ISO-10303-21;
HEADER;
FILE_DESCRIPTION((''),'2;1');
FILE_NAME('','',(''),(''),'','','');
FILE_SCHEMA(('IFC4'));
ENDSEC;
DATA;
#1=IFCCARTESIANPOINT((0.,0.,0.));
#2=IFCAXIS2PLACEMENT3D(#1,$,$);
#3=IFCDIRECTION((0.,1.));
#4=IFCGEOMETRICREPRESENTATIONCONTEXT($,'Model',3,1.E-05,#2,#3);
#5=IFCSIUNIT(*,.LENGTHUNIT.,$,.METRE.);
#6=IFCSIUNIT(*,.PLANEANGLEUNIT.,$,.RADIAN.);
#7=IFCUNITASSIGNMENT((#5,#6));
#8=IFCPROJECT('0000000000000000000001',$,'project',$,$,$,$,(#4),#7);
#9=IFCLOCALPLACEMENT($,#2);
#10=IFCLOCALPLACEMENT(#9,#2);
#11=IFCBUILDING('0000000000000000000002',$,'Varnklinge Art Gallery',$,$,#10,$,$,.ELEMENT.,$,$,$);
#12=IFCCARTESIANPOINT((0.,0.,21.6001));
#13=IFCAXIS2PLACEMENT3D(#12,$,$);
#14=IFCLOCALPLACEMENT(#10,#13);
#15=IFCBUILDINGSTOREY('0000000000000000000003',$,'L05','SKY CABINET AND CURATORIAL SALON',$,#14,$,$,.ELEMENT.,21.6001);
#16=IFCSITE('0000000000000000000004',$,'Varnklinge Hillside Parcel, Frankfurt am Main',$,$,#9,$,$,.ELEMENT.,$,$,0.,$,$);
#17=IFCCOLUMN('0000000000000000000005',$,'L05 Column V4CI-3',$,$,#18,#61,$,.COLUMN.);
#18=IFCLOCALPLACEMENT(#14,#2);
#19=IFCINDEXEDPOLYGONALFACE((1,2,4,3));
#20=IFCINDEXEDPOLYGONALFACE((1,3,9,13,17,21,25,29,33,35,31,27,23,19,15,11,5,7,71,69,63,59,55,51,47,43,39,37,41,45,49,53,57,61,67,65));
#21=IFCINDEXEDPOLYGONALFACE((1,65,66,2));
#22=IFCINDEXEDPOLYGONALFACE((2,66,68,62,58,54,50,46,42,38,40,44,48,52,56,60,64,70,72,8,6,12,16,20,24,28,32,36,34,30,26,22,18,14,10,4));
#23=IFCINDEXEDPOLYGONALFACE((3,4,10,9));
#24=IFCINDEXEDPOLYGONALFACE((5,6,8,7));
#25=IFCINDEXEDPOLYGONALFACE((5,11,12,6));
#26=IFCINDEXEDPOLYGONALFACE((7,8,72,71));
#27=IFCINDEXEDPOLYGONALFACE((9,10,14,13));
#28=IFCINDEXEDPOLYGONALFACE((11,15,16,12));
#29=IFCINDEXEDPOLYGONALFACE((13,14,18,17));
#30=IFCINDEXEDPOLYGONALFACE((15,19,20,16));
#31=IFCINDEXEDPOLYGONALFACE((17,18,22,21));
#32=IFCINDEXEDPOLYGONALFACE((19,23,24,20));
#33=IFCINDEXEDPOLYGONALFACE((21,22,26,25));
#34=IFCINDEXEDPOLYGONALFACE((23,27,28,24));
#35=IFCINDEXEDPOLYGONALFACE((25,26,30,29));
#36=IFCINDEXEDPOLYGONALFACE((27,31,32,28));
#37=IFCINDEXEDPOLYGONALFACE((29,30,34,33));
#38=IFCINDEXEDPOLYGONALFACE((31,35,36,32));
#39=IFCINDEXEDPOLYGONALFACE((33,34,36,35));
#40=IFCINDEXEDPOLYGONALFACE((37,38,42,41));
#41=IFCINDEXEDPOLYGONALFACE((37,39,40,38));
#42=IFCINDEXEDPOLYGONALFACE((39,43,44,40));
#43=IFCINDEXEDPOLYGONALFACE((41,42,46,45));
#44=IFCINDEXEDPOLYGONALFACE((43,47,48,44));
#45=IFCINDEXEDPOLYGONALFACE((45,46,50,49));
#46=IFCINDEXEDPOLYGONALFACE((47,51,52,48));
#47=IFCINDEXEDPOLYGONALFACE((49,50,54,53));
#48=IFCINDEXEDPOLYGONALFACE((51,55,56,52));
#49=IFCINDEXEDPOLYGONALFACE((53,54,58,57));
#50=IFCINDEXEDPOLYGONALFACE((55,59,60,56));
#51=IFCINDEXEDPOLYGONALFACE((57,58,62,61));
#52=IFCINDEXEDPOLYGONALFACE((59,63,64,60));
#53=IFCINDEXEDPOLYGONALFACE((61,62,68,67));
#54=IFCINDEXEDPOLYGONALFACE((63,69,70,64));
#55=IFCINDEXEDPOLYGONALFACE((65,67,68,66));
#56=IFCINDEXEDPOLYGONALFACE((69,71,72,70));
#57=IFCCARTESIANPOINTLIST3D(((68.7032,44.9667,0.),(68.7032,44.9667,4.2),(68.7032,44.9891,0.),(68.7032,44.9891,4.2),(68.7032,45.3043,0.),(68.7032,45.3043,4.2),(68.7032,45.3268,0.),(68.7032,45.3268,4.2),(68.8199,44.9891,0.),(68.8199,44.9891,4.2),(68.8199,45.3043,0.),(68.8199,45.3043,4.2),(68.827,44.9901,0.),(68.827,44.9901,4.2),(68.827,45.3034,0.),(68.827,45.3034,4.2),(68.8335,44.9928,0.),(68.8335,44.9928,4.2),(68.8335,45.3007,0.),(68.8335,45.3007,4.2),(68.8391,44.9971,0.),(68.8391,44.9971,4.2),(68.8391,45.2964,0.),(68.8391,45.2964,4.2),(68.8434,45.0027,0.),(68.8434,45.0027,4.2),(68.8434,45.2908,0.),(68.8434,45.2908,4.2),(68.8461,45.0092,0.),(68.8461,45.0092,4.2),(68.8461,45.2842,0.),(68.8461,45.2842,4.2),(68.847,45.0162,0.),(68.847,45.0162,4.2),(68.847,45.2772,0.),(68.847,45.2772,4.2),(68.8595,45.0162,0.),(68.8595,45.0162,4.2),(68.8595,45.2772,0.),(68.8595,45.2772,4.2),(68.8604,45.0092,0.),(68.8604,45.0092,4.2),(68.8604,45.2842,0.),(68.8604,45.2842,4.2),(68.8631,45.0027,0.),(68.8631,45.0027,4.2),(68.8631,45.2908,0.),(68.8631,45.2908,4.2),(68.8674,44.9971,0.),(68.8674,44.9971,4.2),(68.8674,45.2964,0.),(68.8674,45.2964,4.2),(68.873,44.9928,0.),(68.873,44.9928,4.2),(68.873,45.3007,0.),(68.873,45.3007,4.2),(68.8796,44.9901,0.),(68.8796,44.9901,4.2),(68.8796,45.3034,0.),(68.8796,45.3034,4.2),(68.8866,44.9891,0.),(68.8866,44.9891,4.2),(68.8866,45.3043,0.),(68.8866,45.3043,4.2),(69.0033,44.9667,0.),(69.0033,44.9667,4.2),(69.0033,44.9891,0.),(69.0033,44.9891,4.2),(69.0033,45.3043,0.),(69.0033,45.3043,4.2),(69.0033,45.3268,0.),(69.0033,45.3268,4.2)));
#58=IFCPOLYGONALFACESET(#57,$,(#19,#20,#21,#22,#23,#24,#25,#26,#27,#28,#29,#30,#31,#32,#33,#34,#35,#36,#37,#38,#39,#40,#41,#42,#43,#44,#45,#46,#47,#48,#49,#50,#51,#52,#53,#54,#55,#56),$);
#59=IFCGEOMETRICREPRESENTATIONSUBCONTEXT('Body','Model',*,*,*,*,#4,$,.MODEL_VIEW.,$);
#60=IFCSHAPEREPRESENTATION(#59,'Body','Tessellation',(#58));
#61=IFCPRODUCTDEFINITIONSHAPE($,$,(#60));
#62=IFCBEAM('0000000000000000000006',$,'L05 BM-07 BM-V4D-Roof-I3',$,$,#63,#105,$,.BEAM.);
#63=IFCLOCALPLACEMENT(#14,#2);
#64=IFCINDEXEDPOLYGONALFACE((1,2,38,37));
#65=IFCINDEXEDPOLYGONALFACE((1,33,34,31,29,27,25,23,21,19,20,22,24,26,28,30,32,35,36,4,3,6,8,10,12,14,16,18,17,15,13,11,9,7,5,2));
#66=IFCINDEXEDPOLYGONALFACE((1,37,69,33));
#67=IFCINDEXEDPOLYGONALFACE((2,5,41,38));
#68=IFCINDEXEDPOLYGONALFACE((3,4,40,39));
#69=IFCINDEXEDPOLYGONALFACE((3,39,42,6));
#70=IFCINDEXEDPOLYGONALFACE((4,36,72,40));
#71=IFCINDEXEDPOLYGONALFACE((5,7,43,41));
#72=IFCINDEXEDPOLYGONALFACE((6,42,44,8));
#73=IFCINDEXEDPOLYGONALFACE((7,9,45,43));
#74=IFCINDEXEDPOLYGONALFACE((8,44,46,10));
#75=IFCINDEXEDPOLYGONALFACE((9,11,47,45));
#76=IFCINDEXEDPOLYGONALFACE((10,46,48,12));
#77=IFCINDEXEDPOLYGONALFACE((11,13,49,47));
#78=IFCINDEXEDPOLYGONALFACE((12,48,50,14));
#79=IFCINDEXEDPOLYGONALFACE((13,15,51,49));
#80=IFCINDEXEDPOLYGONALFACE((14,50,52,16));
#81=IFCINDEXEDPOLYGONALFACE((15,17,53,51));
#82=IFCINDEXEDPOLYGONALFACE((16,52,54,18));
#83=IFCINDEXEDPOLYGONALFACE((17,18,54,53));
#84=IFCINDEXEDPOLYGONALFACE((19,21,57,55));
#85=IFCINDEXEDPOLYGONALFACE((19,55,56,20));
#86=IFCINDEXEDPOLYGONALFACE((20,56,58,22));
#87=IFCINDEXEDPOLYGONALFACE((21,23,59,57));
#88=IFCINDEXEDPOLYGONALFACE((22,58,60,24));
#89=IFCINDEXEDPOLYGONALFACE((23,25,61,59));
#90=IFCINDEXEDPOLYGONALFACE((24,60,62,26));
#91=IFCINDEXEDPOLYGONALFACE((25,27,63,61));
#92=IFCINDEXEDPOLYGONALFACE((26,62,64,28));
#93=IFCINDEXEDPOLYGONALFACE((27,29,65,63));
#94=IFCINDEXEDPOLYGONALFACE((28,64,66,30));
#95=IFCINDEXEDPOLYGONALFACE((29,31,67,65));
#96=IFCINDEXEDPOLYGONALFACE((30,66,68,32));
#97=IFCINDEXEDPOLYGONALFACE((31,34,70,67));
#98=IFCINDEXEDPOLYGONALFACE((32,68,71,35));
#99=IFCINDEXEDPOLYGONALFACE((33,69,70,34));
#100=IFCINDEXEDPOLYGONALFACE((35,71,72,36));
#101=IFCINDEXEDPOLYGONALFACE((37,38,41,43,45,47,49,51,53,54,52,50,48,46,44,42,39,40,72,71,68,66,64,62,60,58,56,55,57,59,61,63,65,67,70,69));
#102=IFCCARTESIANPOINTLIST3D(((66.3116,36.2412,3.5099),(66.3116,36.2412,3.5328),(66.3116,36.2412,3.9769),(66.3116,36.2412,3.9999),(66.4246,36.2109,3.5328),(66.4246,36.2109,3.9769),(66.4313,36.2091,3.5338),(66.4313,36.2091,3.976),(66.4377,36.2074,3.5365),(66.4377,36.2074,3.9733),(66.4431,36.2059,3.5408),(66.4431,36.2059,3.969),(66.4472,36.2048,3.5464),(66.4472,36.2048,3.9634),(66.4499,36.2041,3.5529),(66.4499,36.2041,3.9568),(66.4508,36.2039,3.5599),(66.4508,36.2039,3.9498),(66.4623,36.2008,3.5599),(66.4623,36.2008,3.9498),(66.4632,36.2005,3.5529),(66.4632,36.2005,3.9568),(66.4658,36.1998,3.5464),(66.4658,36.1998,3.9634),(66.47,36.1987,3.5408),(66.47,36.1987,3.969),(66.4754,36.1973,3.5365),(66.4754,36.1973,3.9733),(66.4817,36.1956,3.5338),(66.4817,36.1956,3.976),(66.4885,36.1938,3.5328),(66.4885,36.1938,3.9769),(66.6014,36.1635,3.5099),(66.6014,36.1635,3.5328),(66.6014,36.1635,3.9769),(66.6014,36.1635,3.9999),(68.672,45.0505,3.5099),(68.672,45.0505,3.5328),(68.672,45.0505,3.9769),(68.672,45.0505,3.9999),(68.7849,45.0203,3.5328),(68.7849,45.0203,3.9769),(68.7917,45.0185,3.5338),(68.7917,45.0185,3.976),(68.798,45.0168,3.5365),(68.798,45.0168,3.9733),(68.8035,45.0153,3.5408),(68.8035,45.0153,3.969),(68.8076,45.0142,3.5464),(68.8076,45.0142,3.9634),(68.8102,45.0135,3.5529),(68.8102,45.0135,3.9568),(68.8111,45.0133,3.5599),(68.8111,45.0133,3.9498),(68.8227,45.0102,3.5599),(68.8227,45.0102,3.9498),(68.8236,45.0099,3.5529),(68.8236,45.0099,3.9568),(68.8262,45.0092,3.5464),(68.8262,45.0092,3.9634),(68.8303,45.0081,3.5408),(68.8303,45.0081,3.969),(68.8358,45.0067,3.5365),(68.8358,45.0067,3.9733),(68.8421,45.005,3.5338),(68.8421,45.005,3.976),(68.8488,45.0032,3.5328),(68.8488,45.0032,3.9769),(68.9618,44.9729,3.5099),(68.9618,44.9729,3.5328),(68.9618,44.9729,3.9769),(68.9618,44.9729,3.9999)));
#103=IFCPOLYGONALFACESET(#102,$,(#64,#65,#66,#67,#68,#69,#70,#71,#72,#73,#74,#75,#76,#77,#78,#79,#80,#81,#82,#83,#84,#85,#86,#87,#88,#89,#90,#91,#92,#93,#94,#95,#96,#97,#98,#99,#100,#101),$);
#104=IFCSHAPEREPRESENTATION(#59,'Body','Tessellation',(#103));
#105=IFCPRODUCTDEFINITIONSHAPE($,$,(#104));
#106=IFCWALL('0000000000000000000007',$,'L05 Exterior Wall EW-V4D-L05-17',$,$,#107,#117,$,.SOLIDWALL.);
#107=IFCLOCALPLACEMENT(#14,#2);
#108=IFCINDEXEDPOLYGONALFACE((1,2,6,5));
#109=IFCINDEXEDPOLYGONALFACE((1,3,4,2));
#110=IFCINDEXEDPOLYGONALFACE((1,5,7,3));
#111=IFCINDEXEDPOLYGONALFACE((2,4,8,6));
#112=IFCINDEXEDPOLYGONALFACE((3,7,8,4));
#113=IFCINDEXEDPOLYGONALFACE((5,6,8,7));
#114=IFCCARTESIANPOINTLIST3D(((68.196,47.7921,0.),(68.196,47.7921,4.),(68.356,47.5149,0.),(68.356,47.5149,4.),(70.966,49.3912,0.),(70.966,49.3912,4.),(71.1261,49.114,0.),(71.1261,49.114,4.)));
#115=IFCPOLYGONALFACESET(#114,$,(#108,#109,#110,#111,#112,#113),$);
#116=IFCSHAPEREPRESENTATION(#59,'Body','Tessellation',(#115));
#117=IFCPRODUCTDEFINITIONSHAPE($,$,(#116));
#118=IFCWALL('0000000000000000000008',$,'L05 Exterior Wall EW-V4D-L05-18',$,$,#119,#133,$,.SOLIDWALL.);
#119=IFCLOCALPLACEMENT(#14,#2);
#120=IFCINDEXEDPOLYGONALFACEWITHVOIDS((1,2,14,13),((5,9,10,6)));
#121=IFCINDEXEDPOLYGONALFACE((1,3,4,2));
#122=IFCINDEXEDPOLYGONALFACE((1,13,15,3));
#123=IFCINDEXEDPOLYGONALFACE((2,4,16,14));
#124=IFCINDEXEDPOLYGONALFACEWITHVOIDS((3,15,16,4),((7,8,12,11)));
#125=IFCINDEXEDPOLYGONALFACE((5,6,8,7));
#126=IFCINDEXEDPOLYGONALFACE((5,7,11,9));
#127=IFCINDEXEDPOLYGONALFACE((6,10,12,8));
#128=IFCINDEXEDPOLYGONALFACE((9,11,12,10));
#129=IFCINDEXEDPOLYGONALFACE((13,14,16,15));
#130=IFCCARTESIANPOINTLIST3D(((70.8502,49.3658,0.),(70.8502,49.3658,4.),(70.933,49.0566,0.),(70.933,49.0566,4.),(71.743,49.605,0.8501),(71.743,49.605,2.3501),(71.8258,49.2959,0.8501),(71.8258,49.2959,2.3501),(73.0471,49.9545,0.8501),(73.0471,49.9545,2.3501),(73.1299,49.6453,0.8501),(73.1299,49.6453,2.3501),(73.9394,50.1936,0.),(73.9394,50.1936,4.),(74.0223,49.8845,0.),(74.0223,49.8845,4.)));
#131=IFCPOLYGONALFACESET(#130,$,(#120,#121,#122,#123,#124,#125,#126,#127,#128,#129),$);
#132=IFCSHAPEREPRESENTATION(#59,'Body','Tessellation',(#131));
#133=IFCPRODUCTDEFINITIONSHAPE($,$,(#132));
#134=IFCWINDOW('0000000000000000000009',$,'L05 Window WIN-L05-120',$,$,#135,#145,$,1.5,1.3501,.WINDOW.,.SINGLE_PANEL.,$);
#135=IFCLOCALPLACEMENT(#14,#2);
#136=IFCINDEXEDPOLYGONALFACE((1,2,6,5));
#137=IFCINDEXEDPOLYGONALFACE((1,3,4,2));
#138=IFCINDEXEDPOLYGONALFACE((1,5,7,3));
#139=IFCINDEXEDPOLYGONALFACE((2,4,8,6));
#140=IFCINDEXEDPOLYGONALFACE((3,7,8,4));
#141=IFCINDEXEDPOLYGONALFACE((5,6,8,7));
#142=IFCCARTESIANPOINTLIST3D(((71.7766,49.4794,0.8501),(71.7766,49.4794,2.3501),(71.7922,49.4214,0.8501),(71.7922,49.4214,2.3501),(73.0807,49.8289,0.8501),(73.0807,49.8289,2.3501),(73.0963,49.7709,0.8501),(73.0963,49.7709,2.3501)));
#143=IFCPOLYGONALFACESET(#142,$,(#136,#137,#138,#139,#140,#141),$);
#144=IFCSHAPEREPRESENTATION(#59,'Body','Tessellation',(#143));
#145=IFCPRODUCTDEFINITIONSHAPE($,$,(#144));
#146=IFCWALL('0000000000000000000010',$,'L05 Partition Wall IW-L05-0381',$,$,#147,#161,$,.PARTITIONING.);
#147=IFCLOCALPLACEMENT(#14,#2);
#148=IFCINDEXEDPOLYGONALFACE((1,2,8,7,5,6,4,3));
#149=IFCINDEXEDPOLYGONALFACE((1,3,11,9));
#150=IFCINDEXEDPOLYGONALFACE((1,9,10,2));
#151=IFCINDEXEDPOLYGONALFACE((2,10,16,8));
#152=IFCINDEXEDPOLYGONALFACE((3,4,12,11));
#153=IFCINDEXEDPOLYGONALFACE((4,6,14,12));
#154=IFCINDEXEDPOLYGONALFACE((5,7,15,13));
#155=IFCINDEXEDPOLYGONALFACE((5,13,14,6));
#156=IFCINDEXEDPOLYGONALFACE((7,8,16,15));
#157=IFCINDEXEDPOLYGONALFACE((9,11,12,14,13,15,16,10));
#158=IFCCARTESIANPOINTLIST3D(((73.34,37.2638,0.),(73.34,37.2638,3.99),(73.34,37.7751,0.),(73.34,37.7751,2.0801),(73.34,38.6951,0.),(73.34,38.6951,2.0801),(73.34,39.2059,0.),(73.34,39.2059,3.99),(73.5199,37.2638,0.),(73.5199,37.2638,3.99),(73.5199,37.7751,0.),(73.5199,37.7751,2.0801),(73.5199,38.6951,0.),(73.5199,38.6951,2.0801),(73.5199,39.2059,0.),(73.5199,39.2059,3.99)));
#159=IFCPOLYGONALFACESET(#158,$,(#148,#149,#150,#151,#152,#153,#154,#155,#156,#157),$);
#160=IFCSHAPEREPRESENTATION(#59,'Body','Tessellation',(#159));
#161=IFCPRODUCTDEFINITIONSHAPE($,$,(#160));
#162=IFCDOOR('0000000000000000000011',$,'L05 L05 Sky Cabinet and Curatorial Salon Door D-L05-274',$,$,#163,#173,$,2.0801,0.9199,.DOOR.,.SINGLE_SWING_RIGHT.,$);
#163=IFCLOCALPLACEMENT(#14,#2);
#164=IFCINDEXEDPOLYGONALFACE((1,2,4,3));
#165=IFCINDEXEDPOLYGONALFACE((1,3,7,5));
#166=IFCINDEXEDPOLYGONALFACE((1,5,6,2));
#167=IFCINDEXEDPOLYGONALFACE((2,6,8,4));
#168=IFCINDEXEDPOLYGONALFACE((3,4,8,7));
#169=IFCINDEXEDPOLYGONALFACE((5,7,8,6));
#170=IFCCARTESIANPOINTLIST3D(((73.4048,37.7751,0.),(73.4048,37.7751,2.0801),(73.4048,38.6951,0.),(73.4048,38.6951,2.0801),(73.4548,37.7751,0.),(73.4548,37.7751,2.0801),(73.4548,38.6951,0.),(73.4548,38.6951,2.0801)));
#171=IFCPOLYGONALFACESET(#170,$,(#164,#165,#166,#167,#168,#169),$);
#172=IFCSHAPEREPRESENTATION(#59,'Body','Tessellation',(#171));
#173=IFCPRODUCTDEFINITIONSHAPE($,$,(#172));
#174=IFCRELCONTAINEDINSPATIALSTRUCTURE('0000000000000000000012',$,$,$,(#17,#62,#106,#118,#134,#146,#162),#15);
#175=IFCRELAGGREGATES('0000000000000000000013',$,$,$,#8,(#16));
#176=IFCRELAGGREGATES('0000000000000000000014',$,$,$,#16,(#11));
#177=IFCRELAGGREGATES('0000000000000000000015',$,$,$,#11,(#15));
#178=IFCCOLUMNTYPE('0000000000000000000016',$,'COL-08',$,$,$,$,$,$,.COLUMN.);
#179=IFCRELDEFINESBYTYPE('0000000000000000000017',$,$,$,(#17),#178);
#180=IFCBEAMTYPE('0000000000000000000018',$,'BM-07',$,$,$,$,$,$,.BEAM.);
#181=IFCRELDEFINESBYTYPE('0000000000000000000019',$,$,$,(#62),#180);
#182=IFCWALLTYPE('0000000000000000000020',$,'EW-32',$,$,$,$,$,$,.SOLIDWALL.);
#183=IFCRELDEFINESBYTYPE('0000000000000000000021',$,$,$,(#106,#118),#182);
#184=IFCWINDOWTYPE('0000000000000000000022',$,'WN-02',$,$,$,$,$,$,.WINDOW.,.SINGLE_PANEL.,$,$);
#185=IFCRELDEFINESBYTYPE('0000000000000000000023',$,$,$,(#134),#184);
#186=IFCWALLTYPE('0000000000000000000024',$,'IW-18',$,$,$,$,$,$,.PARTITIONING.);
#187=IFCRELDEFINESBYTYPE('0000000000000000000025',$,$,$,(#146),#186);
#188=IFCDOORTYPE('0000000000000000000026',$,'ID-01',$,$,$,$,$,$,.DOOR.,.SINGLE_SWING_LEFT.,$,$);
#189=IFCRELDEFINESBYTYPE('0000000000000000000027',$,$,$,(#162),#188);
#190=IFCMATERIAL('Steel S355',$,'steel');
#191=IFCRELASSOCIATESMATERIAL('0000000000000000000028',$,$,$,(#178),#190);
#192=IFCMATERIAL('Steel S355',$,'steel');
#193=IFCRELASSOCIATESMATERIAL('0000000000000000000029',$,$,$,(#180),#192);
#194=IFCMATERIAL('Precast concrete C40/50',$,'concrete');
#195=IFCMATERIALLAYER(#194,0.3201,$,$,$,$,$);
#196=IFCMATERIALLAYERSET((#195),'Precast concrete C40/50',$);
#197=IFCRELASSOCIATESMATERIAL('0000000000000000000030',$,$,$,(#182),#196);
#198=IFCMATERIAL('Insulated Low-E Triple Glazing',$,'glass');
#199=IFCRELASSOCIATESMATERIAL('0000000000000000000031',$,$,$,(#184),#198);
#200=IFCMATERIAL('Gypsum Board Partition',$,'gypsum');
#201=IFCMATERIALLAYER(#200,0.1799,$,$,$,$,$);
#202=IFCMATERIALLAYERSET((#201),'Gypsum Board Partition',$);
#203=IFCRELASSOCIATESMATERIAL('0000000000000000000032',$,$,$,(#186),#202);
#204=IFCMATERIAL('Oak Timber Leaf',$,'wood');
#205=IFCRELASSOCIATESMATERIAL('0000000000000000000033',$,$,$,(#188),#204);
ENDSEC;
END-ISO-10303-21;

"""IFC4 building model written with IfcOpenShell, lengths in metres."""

from ifc_helpers import new_model, si_unit, direction, frame, frame_2d, origin, origin_2d, place, context, subcontext, project, spatial, rectangle, i_section, extrude, material, layer, layer_set, material_profile, profile_set, type_object, element, fill, save


model = new_model("IFC4")

# Units and contexts
model_context = context("Model", 3, precision=1e-05, world=origin(), true_north=direction((0.0, 1.0)))
body_context = subcontext(model_context, "Body", "Model", "MODEL_VIEW")
ifc_project = project(units=[si_unit("LENGTHUNIT", "METRE"), si_unit("PLANEANGLEUNIT", "RADIAN")], contexts=[model_context])

# Site, building, storey
site_placement = place(None, origin())
site = spatial("IfcSite", under=ifc_project, at=site_placement, Name="Varnklinge Hillside Parcel, Frankfurt am Main", CompositionType="ELEMENT", RefElevation=0.0)
building_placement = place(site_placement, origin())
building = spatial("IfcBuilding", under=site, at=building_placement, Name="Varnklinge Art Gallery", CompositionType="ELEMENT")
storey_placement = place(building_placement, frame((0.0, 0.0, 21.6001)))
storey = spatial("IfcBuildingStorey", under=building, at=storey_placement, Name="L05", Description="SKY CABINET AND CURATORIAL SALON", CompositionType="ELEMENT", Elevation=21.6001)

# Column
ifc_material_1 = material(Name="Steel S355", Category="steel")
ifc_material_profile_1 = material_profile(ifc_material_1, i_section(OverallWidth=0.3, OverallDepth=0.3601, WebThickness=0.0125, FlangeThickness=0.0225, FilletRadius=0.0271, at=origin_2d()), Name="HEB 360")
ifc_profile_set_1 = profile_set([ifc_material_profile_1], Name="Steel S355")
column_type = type_object("IfcColumnType", Name="COL-08", PredefinedType="COLUMN", material=ifc_profile_set_1)
column_placement = place(storey_placement, frame((68.8533, 45.1467, 0.0), z_axis=(0.0, 0.0, 1.0), x_axis=(1.0, 0.0, 0.0)))
element("IfcColumn", 1, at=column_placement, inside=storey, type_object=column_type, Name="L05 Column V4CI-3", PredefinedType="COLUMN", context=body_context, shape_type="SweptSolid", body=[
    extrude(i_section(OverallWidth=0.3, OverallDepth=0.3601, WebThickness=0.0125, FlangeThickness=0.0225, FilletRadius=0.0271, at=origin_2d()), origin(), (0.0, 0.0, 1.0), 4.2),
])

# Beam
ifc_material_2 = material(Name="Steel S355", Category="steel")
ifc_material_profile_2 = material_profile(ifc_material_2, i_section(OverallWidth=0.3, OverallDepth=0.49, WebThickness=0.012, FlangeThickness=0.0229, FilletRadius=0.0271, at=origin_2d()), Name="HEA 500")
ifc_profile_set_2 = profile_set([ifc_material_profile_2], Name="Steel S355")
beam_type = type_object("IfcBeamType", Name="BM-07", PredefinedType="BEAM", material=ifc_profile_set_2)
beam_placement = place(storey_placement, frame((68.8169, 45.0117, 3.7549), z_axis=(-0.258809, -0.965929, 0.0), x_axis=(0.965929, -0.258809, 0.0)))
element("IfcBeam", 2, at=beam_placement, inside=storey, type_object=beam_type, Name="L05 BM-07 BM-V4D-Roof-I3", PredefinedType="BEAM", context=body_context, shape_type="SweptSolid", body=[
    extrude(i_section(OverallWidth=0.3, OverallDepth=0.49, WebThickness=0.012, FlangeThickness=0.0229, FilletRadius=0.0271, at=origin_2d()), origin(), (0.0, 0.0, 1.0), 9.1201),
])

# Wall
ifc_material_3 = material(Name="Precast concrete C40/50", Category="concrete")
ifc_layer_1 = layer(ifc_material_3, 0.3201)
ifc_layer_set_1 = layer_set([ifc_layer_1], Name="Precast concrete C40/50")
wall_type_1 = type_object("IfcWallType", Name="EW-32", PredefinedType="SOLIDWALL", material=ifc_layer_set_1)
wall_1_placement = place(storey_placement, frame((68.2761, 47.6536, 0.0), z_axis=(0.0, 0.0, 1.0), x_axis=(0.866046, 0.499965, 0.0)))
element("IfcWall", 3, at=wall_1_placement, inside=storey, type_object=wall_type_1, Name="L05 Exterior Wall EW-V4D-L05-17", PredefinedType="SOLIDWALL", context=body_context, shape_type="SweptSolid", body=[
    extrude(rectangle(XDim=3.1985, YDim=0.3201, at=frame_2d((1.5991, 0.0))), origin(), (0.0, 0.0, 1.0), 4.0),
])

# Wall, opening, window
wall_2_placement = place(storey_placement, frame((70.8916, 49.2112, 0.0), z_axis=(0.0, 0.0, 1.0), x_axis=(0.965919, 0.258845, 0.0)))
wall_2 = element("IfcWall", 4, at=wall_2_placement, inside=storey, type_object=wall_type_1, Name="L05 Exterior Wall EW-V4D-L05-18", PredefinedType="SOLIDWALL", context=body_context, shape_type="SweptSolid", body=[
    extrude(rectangle(XDim=3.1982, YDim=0.3201, at=frame_2d((1.5991, 0.0))), origin(), (0.0, 0.0, 1.0), 4.0),
])
opening_1_placement = place(wall_2_placement, frame((0.9243, 0.0, 0.8501)))
opening_1 = element("IfcOpeningElement", 5, at=opening_1_placement, cuts=wall_2, PredefinedType="OPENING", context=body_context, shape_type="SweptSolid", body=[
    extrude(rectangle(XDim=1.3501, YDim=1.5, at=frame_2d((0.675, 0.75))), frame((0.0, 0.1702, 0.0), z_axis=(0.0, -1.0, 0.0), x_axis=(1.0, 0.0, 0.0)), (0.0, 0.0, 1.0), 0.3401),
])
ifc_material_4 = material(Name="Insulated Low-E Triple Glazing", Category="glass")
window_type = type_object("IfcWindowType", Name="WN-02", PartitioningType="SINGLE_PANEL", PredefinedType="WINDOW", material=ifc_material_4)
window_placement = place(opening_1_placement, origin())
window = element("IfcWindow", 6, at=window_placement, inside=storey, type_object=window_type, Name="L05 Window WIN-L05-120", OverallHeight=1.5, OverallWidth=1.3501, PartitioningType="SINGLE_PANEL", PredefinedType="WINDOW", context=body_context, shape_type="SweptSolid", body=[
    extrude(rectangle(XDim=1.3501, YDim=1.5, at=frame_2d((0.675, 0.75))), frame((0.0, 0.03, 0.0), z_axis=(0.0, -1.0, 0.0), x_axis=(1.0, 0.0, 0.0)), (0.0, 0.0, 1.0), 0.0601),
])
fill(opening_1, window)

# Wall, opening, door
ifc_material_5 = material(Name="Gypsum Board Partition", Category="gypsum")
ifc_layer_2 = layer(ifc_material_5, 0.1799)
ifc_layer_set_2 = layer_set([ifc_layer_2], Name="Gypsum Board Partition")
wall_type_2 = type_object("IfcWallType", Name="IW-18", PredefinedType="PARTITIONING", material=ifc_layer_set_2)
wall_3_placement = place(storey_placement, frame((73.4299, 39.2061, 0.0), z_axis=(0.0, 0.0, 1.0), x_axis=(0.0, -1.0, 0.0)))
wall_3 = element("IfcWall", 7, at=wall_3_placement, inside=storey, type_object=wall_type_2, Name="L05 Partition Wall IW-L05-0381", PredefinedType="PARTITIONING", context=body_context, shape_type="SweptSolid", body=[
    extrude(rectangle(XDim=1.9421, YDim=0.1799, at=frame_2d((0.9712, 0.0))), origin(), (0.0, 0.0, 1.0), 3.99),
])
opening_2_placement = place(wall_3_placement, frame((0.511, 0.0, 0.0)))
opening_2 = element("IfcOpeningElement", 8, at=opening_2_placement, cuts=wall_3, PredefinedType="OPENING", context=body_context, shape_type="SweptSolid", body=[
    extrude(rectangle(XDim=0.9199, YDim=2.0801, at=frame_2d((0.46, 1.04))), frame((0.0, 0.0999, 0.0), z_axis=(0.0, -1.0, 0.0), x_axis=(1.0, 0.0, 0.0)), (0.0, 0.0, 1.0), 0.2),
])
ifc_material_6 = material(Name="Oak Timber Leaf", Category="wood")
door_type_1 = type_object("IfcDoorType", Name="ID-01", OperationType="SINGLE_SWING_LEFT", PredefinedType="DOOR", material=ifc_material_6)
door_1_placement = place(opening_2_placement, origin())
door_1 = element("IfcDoor", 9, at=door_1_placement, inside=storey, type_object=door_type_1, Name="L05 L05 Sky Cabinet and Curatorial Salon Door D-L05-274", OperationType="SINGLE_SWING_RIGHT", OverallHeight=2.0801, OverallWidth=0.9199, PredefinedType="DOOR", context=body_context, shape_type="SweptSolid", body=[
    extrude(rectangle(XDim=0.9199, YDim=2.0801, at=frame_2d((0.46, 1.04))), frame((0.0, 0.0249, 0.0), z_axis=(0.0, -1.0, 0.0), x_axis=(1.0, 0.0, 0.0)), (0.0, 0.0, 1.0), 0.05),
])
fill(opening_2, door_1)

save(model, "model.ifc")
